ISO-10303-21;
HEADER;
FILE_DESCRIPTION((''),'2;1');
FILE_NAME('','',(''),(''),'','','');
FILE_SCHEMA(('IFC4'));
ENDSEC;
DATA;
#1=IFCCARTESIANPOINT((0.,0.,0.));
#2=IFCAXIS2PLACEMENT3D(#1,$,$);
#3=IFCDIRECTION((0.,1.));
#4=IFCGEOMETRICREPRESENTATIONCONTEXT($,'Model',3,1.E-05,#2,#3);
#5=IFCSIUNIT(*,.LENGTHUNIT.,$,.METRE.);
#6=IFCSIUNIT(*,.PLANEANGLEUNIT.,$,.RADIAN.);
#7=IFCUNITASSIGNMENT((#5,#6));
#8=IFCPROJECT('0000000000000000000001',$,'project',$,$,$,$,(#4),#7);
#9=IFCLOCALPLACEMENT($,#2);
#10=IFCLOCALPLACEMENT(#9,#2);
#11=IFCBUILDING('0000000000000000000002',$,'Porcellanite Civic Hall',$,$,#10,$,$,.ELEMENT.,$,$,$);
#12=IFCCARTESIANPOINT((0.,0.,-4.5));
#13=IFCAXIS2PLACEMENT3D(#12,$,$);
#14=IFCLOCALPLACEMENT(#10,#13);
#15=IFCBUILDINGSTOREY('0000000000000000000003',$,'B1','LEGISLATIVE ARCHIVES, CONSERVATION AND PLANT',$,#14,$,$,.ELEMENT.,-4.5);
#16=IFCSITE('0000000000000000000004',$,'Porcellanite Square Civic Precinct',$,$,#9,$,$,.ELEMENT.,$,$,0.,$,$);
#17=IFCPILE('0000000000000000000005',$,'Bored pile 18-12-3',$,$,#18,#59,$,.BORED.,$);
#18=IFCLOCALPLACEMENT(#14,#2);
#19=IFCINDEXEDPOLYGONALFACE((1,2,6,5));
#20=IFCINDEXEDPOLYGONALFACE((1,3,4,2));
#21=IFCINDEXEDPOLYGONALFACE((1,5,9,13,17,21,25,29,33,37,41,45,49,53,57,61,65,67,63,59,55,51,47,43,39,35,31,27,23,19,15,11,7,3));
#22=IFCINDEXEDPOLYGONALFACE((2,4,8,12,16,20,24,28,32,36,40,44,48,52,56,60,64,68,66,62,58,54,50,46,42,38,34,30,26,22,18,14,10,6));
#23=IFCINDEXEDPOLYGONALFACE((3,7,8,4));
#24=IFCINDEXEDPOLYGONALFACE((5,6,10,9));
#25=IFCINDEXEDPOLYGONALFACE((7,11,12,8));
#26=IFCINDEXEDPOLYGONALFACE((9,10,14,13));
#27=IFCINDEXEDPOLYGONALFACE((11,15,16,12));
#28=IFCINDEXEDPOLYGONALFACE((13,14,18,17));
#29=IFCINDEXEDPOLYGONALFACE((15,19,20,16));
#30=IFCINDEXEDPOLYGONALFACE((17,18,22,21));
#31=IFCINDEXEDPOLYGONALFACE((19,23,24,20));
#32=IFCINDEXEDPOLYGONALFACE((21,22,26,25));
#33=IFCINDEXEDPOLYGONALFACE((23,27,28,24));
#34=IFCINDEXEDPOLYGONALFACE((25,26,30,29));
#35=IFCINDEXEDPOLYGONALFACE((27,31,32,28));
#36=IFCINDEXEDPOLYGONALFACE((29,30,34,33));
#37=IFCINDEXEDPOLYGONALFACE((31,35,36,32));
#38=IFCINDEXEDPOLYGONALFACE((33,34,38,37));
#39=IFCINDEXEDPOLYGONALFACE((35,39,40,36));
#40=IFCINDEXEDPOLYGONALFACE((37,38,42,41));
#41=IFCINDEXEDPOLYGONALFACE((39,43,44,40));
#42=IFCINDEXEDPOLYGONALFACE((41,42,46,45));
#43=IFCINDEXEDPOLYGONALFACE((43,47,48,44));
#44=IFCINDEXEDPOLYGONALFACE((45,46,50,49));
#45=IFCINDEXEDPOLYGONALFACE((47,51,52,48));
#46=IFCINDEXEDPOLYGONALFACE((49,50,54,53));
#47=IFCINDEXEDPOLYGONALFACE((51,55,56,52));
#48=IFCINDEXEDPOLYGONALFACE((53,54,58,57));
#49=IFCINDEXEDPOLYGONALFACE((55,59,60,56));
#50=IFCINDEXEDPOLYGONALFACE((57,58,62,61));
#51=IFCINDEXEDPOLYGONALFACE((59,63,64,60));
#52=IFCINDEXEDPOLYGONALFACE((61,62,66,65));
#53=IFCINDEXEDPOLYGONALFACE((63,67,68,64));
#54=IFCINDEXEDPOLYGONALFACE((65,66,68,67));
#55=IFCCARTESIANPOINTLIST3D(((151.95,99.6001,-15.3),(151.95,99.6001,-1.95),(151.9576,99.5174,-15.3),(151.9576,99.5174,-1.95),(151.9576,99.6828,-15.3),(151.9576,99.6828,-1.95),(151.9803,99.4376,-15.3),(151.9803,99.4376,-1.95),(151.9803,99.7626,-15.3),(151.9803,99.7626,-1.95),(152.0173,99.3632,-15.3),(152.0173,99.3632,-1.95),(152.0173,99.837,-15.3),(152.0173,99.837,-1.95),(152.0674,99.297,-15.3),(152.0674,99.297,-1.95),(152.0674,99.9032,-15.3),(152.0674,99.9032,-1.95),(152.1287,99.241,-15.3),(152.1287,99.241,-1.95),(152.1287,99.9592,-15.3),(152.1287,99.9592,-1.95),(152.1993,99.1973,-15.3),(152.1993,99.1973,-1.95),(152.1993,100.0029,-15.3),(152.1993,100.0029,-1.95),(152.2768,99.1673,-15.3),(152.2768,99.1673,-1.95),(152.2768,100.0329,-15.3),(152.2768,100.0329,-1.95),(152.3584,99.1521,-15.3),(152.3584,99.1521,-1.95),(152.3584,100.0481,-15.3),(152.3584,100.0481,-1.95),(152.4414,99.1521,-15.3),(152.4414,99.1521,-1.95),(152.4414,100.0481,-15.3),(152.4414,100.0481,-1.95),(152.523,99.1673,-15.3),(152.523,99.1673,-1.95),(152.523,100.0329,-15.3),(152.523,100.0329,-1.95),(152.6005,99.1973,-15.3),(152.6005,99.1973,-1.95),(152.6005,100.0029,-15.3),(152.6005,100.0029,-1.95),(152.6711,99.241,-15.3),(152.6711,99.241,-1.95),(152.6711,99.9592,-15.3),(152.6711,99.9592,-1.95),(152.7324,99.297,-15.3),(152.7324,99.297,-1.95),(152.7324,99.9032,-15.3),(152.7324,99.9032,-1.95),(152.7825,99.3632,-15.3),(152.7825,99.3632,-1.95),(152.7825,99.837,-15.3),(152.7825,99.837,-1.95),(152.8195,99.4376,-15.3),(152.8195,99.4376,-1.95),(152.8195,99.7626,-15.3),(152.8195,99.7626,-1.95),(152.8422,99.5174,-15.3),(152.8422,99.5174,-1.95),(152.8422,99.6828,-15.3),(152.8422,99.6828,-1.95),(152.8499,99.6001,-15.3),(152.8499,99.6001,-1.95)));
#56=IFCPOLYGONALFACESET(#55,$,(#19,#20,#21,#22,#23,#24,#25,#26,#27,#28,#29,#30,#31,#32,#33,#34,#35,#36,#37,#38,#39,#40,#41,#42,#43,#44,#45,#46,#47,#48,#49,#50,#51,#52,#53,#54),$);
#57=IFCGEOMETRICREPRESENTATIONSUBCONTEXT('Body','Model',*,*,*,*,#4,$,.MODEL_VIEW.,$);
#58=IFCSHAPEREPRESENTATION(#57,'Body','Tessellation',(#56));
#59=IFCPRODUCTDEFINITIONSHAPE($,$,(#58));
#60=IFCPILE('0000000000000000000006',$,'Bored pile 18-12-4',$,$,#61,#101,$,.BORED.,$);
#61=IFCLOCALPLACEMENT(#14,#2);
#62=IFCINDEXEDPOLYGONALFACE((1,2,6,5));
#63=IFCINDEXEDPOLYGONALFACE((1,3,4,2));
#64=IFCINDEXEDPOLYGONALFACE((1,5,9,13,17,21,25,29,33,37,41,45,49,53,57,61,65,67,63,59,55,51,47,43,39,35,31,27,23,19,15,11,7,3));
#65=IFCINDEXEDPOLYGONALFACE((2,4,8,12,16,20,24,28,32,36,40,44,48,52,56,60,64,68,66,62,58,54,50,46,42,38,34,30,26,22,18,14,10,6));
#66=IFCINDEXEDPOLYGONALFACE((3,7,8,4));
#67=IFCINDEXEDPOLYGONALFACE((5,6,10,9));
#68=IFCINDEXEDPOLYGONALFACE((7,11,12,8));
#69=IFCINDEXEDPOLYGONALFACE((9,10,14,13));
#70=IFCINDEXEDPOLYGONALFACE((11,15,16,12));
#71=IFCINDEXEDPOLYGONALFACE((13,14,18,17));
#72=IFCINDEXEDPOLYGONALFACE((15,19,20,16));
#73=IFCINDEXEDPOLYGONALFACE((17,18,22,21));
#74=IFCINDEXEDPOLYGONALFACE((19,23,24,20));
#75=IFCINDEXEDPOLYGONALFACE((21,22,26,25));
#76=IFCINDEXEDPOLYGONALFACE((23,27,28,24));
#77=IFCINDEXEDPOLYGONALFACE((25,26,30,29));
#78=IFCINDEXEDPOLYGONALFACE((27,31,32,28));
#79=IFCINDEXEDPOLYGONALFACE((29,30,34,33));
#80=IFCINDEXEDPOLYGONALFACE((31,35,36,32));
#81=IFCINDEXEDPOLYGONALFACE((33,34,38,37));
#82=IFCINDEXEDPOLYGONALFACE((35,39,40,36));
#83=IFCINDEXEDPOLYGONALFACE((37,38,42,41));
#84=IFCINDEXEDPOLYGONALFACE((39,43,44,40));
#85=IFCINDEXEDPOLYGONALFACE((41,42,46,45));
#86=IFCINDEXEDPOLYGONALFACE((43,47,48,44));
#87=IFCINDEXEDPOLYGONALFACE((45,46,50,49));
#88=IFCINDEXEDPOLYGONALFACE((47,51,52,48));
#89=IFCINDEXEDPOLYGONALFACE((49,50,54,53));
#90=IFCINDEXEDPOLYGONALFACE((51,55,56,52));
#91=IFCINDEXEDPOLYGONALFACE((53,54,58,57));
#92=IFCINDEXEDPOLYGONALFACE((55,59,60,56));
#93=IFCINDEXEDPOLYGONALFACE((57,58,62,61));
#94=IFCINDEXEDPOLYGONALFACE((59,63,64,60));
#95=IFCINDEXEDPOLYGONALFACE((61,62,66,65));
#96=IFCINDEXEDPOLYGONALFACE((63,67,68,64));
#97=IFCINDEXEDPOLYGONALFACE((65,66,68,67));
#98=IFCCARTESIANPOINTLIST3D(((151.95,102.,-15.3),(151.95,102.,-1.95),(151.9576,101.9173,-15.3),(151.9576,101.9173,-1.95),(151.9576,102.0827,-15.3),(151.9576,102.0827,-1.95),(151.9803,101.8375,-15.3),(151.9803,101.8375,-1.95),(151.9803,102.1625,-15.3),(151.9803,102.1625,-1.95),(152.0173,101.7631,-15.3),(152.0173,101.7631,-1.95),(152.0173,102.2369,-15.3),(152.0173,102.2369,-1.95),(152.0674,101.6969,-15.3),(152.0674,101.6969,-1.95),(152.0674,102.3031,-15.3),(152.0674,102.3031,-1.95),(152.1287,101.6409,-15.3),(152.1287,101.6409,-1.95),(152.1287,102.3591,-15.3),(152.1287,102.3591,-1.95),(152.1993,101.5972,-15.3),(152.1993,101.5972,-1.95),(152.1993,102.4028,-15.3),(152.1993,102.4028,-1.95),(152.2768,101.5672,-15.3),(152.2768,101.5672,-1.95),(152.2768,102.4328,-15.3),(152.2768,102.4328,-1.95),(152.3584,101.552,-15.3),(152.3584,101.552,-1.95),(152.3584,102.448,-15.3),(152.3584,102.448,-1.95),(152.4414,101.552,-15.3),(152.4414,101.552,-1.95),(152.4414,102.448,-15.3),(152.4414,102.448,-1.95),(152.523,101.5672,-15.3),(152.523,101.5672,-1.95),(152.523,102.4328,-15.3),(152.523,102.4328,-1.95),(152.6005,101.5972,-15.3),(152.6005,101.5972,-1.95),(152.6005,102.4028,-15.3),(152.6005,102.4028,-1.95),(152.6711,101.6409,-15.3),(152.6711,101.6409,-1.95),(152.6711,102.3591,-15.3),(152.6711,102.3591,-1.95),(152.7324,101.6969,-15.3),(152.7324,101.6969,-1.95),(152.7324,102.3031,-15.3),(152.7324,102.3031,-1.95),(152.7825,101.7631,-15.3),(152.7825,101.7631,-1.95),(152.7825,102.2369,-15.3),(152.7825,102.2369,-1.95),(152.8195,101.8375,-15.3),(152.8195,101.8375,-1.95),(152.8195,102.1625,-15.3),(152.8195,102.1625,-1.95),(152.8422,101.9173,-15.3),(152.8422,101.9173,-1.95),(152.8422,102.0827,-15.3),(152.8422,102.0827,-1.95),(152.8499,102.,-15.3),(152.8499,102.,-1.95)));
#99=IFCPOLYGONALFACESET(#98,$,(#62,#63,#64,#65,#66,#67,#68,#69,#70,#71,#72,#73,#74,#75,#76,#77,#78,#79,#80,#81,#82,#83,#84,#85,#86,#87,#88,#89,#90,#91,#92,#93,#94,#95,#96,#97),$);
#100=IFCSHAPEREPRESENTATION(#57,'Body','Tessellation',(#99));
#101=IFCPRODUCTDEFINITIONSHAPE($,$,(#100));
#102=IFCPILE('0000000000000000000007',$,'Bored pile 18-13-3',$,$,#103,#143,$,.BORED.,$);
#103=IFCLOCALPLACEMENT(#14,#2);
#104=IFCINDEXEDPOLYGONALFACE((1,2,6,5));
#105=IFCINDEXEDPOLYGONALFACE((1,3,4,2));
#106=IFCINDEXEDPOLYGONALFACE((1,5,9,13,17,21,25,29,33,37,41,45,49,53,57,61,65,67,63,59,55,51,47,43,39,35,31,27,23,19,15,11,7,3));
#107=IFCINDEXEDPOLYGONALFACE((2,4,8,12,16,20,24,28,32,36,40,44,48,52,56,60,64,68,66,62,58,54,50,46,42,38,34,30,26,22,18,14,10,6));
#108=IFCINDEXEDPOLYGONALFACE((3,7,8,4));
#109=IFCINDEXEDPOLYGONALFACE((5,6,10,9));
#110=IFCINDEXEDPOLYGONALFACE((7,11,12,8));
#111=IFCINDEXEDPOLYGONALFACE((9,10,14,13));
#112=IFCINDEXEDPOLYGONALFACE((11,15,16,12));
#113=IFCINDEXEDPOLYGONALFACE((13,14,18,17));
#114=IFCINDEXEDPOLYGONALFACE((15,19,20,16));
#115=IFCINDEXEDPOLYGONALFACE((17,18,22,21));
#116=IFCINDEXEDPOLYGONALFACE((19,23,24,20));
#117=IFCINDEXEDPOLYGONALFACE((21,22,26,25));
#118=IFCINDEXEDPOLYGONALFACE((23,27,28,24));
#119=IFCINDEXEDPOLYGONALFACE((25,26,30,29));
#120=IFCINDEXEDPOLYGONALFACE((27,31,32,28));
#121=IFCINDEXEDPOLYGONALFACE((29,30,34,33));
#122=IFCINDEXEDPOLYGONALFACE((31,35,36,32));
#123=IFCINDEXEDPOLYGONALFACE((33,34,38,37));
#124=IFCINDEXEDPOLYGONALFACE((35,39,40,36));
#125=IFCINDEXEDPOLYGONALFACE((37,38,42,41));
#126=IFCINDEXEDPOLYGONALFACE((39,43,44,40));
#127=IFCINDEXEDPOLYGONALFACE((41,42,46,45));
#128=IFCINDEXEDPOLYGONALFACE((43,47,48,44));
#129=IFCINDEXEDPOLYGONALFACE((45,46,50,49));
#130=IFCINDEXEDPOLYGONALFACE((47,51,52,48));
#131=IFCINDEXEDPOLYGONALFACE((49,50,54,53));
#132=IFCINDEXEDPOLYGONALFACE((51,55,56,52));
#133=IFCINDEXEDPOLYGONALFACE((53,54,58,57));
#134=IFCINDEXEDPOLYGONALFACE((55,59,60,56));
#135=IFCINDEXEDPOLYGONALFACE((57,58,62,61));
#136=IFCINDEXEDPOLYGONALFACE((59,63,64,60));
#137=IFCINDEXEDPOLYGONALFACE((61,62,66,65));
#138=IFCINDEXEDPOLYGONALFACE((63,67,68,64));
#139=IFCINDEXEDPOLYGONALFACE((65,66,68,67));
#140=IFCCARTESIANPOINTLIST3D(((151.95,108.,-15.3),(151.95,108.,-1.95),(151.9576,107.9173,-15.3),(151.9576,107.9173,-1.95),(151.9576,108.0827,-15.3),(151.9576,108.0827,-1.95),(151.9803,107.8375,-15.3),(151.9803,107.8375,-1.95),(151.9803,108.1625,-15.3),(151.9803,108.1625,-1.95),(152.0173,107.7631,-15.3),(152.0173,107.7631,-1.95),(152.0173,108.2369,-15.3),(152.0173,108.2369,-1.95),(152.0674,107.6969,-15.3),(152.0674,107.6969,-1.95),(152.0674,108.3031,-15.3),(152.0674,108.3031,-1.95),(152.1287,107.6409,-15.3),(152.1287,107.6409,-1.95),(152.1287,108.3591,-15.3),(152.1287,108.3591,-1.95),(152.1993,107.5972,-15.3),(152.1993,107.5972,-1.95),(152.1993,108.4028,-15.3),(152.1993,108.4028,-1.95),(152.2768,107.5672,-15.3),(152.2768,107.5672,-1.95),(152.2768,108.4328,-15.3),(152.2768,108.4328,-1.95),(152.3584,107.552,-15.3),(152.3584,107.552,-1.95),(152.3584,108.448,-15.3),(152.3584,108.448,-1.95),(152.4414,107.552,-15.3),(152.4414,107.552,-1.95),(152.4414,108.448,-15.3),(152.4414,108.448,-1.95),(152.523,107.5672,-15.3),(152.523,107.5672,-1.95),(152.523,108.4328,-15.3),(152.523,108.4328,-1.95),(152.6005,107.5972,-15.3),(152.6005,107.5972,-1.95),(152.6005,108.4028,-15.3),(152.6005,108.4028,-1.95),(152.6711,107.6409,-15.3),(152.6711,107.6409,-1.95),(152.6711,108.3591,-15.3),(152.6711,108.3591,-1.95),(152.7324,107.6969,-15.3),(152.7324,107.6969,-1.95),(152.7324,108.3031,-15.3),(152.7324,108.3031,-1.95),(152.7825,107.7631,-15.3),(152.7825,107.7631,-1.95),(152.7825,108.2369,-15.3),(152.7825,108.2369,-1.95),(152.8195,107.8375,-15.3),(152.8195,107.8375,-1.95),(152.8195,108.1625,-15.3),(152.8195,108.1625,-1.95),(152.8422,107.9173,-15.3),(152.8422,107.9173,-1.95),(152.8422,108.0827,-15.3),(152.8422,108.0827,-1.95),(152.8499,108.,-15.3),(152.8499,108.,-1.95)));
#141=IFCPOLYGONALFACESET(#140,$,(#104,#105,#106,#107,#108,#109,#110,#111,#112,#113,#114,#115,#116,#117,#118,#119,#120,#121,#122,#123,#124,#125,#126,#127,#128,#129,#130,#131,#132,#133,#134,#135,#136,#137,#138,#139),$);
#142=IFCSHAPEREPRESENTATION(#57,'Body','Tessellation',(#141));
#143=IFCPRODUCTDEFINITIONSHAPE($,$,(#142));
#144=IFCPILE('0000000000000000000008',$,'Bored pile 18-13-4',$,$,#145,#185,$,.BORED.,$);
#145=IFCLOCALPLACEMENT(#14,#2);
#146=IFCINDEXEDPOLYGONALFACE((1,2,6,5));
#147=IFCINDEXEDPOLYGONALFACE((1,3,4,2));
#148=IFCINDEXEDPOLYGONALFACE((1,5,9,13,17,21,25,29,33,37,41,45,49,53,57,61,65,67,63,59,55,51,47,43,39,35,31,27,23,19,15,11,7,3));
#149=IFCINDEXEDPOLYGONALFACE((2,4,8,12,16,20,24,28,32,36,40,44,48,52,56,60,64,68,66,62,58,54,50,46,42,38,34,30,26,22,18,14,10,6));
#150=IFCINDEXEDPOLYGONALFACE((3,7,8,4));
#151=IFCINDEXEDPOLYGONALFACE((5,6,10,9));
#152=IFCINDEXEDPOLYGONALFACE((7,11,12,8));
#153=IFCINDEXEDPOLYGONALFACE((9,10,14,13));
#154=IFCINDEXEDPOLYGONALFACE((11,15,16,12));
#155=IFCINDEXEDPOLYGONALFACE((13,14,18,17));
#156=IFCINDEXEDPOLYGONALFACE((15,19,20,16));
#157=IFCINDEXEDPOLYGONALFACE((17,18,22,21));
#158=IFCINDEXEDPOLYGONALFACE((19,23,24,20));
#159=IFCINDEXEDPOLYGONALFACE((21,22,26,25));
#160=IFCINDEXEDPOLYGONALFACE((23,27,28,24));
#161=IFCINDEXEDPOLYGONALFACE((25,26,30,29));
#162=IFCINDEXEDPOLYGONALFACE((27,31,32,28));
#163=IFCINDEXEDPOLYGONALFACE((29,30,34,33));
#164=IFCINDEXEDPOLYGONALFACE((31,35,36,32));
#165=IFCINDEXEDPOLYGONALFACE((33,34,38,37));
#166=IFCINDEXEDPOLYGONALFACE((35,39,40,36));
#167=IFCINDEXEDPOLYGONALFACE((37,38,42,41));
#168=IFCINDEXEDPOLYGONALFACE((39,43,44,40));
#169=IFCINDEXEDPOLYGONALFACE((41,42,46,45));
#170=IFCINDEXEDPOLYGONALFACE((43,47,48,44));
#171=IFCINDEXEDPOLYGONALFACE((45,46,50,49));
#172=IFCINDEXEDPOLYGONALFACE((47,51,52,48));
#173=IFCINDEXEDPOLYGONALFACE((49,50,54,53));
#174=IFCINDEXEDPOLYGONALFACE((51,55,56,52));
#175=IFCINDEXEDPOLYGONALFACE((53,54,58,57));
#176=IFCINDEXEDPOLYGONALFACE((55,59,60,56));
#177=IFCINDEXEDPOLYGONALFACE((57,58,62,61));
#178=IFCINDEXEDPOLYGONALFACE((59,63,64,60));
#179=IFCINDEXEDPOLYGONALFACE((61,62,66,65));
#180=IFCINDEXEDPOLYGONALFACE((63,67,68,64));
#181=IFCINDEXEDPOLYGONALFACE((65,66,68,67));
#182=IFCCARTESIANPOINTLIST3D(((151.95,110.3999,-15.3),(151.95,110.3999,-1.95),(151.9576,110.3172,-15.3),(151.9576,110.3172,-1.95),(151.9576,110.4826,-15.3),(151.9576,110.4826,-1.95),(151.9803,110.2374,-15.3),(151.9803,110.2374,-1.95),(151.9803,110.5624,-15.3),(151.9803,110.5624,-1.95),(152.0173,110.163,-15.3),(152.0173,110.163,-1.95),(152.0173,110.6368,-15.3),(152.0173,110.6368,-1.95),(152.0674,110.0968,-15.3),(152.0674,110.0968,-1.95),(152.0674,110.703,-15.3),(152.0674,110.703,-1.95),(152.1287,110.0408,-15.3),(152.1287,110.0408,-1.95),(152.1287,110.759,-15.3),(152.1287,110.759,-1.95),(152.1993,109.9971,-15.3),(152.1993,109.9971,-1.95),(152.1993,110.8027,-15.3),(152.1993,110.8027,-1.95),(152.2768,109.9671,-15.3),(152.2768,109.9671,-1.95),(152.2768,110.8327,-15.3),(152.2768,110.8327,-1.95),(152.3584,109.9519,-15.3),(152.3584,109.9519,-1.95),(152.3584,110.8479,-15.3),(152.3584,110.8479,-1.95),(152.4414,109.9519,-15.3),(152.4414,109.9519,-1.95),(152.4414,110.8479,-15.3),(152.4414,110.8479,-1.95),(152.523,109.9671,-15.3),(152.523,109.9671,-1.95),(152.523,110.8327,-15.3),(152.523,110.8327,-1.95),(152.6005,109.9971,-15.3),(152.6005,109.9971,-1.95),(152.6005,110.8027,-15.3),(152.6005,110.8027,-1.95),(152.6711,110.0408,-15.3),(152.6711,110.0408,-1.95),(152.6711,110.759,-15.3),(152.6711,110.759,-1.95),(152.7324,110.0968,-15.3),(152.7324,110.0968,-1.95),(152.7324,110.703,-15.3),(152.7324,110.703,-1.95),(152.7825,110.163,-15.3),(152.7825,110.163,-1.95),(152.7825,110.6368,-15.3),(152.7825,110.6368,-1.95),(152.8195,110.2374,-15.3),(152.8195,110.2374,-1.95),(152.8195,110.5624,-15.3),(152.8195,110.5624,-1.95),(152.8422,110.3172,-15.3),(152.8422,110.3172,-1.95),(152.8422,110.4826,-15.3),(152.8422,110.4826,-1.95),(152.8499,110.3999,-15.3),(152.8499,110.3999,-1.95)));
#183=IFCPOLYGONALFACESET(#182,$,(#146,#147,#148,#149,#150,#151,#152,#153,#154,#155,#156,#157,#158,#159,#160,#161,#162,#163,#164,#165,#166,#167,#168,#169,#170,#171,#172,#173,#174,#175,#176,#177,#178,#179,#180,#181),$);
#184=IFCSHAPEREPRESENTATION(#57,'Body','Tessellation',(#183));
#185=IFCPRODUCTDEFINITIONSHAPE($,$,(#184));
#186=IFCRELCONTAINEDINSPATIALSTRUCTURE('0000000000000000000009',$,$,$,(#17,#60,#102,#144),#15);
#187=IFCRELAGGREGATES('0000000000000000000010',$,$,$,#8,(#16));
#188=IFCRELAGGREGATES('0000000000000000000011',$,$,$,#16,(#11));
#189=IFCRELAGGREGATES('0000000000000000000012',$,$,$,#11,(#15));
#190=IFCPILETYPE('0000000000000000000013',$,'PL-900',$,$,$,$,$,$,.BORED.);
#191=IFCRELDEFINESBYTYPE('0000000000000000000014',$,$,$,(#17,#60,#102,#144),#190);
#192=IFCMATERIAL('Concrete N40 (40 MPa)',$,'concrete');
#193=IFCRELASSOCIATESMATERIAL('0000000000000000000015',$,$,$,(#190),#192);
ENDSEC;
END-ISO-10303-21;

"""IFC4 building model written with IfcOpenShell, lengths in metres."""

from ifc_helpers import new_model, si_unit, direction, frame, origin, origin_2d, place, context, subcontext, project, spatial, circle, extrude, material, material_profile, profile_set, type_object, element, save


model = new_model("IFC4")

# Units and contexts
model_context = context("Model", 3, precision=1e-05, world=origin(), true_north=direction((0.0, 1.0)))
body_context = subcontext(model_context, "Body", "Model", "MODEL_VIEW")
ifc_project = project(units=[si_unit("LENGTHUNIT", "METRE"), si_unit("PLANEANGLEUNIT", "RADIAN")], contexts=[model_context])

# Site, building, storey
site_placement = place(None, origin())
site = spatial("IfcSite", under=ifc_project, at=site_placement, Name="Porcellanite Square Civic Precinct", CompositionType="ELEMENT", RefElevation=0.0)
building_placement = place(site_placement, origin())
building = spatial("IfcBuilding", under=site, at=building_placement, Name="Porcellanite Civic Hall", CompositionType="ELEMENT")
storey_placement = place(building_placement, frame((0.0, 0.0, -4.5)))
storey = spatial("IfcBuildingStorey", under=building, at=storey_placement, Name="B1", Description="LEGISLATIVE ARCHIVES, CONSERVATION AND PLANT", CompositionType="ELEMENT", Elevation=-4.5)

# Piles
ifc_material_1 = material(Name="Concrete N40 (40 MPa)", Category="concrete")
ifc_material_profile_1 = material_profile(ifc_material_1, circle(Radius=0.45, at=origin_2d()), Name="PILE-D900")
ifc_profile_set_1 = profile_set([ifc_material_profile_1], Name="Concrete N40 (40 MPa)")
pile_type_1 = type_object("IfcPileType", Name="PL-900", PredefinedType="BORED", material=ifc_profile_set_1)
for number, where, z_axis, x_axis, name in (
    (1, (152.3999, 99.6001, -1.95), (0.0, 0.0, -1.0), (1.0, 0.0, 0.0), "Bored pile 18-12-3"),
    (2, (152.3999, 102.0, -1.95), (0.0, 0.0, -1.0), (1.0, 0.0, 0.0), "Bored pile 18-12-4"),
    (3, (152.3999, 108.0, -1.95), (0.0, 0.0, -1.0), (1.0, 0.0, 0.0), "Bored pile 18-13-3"),
    (4, (152.3999, 110.3999, -1.95), (0.0, 0.0, -1.0), (1.0, 0.0, 0.0), "Bored pile 18-13-4"),
):
    element("IfcPile", number, at=place(storey_placement, frame(where, z_axis=z_axis, x_axis=x_axis)), inside=storey, type_object=pile_type_1, Name=name, PredefinedType="BORED", context=body_context, shape_type="SweptSolid", body=[
        extrude(circle(Radius=0.45, at=origin_2d()), origin(), (0.0, 0.0, 1.0), 13.3501),
    ])

save(model, "model.ifc")
